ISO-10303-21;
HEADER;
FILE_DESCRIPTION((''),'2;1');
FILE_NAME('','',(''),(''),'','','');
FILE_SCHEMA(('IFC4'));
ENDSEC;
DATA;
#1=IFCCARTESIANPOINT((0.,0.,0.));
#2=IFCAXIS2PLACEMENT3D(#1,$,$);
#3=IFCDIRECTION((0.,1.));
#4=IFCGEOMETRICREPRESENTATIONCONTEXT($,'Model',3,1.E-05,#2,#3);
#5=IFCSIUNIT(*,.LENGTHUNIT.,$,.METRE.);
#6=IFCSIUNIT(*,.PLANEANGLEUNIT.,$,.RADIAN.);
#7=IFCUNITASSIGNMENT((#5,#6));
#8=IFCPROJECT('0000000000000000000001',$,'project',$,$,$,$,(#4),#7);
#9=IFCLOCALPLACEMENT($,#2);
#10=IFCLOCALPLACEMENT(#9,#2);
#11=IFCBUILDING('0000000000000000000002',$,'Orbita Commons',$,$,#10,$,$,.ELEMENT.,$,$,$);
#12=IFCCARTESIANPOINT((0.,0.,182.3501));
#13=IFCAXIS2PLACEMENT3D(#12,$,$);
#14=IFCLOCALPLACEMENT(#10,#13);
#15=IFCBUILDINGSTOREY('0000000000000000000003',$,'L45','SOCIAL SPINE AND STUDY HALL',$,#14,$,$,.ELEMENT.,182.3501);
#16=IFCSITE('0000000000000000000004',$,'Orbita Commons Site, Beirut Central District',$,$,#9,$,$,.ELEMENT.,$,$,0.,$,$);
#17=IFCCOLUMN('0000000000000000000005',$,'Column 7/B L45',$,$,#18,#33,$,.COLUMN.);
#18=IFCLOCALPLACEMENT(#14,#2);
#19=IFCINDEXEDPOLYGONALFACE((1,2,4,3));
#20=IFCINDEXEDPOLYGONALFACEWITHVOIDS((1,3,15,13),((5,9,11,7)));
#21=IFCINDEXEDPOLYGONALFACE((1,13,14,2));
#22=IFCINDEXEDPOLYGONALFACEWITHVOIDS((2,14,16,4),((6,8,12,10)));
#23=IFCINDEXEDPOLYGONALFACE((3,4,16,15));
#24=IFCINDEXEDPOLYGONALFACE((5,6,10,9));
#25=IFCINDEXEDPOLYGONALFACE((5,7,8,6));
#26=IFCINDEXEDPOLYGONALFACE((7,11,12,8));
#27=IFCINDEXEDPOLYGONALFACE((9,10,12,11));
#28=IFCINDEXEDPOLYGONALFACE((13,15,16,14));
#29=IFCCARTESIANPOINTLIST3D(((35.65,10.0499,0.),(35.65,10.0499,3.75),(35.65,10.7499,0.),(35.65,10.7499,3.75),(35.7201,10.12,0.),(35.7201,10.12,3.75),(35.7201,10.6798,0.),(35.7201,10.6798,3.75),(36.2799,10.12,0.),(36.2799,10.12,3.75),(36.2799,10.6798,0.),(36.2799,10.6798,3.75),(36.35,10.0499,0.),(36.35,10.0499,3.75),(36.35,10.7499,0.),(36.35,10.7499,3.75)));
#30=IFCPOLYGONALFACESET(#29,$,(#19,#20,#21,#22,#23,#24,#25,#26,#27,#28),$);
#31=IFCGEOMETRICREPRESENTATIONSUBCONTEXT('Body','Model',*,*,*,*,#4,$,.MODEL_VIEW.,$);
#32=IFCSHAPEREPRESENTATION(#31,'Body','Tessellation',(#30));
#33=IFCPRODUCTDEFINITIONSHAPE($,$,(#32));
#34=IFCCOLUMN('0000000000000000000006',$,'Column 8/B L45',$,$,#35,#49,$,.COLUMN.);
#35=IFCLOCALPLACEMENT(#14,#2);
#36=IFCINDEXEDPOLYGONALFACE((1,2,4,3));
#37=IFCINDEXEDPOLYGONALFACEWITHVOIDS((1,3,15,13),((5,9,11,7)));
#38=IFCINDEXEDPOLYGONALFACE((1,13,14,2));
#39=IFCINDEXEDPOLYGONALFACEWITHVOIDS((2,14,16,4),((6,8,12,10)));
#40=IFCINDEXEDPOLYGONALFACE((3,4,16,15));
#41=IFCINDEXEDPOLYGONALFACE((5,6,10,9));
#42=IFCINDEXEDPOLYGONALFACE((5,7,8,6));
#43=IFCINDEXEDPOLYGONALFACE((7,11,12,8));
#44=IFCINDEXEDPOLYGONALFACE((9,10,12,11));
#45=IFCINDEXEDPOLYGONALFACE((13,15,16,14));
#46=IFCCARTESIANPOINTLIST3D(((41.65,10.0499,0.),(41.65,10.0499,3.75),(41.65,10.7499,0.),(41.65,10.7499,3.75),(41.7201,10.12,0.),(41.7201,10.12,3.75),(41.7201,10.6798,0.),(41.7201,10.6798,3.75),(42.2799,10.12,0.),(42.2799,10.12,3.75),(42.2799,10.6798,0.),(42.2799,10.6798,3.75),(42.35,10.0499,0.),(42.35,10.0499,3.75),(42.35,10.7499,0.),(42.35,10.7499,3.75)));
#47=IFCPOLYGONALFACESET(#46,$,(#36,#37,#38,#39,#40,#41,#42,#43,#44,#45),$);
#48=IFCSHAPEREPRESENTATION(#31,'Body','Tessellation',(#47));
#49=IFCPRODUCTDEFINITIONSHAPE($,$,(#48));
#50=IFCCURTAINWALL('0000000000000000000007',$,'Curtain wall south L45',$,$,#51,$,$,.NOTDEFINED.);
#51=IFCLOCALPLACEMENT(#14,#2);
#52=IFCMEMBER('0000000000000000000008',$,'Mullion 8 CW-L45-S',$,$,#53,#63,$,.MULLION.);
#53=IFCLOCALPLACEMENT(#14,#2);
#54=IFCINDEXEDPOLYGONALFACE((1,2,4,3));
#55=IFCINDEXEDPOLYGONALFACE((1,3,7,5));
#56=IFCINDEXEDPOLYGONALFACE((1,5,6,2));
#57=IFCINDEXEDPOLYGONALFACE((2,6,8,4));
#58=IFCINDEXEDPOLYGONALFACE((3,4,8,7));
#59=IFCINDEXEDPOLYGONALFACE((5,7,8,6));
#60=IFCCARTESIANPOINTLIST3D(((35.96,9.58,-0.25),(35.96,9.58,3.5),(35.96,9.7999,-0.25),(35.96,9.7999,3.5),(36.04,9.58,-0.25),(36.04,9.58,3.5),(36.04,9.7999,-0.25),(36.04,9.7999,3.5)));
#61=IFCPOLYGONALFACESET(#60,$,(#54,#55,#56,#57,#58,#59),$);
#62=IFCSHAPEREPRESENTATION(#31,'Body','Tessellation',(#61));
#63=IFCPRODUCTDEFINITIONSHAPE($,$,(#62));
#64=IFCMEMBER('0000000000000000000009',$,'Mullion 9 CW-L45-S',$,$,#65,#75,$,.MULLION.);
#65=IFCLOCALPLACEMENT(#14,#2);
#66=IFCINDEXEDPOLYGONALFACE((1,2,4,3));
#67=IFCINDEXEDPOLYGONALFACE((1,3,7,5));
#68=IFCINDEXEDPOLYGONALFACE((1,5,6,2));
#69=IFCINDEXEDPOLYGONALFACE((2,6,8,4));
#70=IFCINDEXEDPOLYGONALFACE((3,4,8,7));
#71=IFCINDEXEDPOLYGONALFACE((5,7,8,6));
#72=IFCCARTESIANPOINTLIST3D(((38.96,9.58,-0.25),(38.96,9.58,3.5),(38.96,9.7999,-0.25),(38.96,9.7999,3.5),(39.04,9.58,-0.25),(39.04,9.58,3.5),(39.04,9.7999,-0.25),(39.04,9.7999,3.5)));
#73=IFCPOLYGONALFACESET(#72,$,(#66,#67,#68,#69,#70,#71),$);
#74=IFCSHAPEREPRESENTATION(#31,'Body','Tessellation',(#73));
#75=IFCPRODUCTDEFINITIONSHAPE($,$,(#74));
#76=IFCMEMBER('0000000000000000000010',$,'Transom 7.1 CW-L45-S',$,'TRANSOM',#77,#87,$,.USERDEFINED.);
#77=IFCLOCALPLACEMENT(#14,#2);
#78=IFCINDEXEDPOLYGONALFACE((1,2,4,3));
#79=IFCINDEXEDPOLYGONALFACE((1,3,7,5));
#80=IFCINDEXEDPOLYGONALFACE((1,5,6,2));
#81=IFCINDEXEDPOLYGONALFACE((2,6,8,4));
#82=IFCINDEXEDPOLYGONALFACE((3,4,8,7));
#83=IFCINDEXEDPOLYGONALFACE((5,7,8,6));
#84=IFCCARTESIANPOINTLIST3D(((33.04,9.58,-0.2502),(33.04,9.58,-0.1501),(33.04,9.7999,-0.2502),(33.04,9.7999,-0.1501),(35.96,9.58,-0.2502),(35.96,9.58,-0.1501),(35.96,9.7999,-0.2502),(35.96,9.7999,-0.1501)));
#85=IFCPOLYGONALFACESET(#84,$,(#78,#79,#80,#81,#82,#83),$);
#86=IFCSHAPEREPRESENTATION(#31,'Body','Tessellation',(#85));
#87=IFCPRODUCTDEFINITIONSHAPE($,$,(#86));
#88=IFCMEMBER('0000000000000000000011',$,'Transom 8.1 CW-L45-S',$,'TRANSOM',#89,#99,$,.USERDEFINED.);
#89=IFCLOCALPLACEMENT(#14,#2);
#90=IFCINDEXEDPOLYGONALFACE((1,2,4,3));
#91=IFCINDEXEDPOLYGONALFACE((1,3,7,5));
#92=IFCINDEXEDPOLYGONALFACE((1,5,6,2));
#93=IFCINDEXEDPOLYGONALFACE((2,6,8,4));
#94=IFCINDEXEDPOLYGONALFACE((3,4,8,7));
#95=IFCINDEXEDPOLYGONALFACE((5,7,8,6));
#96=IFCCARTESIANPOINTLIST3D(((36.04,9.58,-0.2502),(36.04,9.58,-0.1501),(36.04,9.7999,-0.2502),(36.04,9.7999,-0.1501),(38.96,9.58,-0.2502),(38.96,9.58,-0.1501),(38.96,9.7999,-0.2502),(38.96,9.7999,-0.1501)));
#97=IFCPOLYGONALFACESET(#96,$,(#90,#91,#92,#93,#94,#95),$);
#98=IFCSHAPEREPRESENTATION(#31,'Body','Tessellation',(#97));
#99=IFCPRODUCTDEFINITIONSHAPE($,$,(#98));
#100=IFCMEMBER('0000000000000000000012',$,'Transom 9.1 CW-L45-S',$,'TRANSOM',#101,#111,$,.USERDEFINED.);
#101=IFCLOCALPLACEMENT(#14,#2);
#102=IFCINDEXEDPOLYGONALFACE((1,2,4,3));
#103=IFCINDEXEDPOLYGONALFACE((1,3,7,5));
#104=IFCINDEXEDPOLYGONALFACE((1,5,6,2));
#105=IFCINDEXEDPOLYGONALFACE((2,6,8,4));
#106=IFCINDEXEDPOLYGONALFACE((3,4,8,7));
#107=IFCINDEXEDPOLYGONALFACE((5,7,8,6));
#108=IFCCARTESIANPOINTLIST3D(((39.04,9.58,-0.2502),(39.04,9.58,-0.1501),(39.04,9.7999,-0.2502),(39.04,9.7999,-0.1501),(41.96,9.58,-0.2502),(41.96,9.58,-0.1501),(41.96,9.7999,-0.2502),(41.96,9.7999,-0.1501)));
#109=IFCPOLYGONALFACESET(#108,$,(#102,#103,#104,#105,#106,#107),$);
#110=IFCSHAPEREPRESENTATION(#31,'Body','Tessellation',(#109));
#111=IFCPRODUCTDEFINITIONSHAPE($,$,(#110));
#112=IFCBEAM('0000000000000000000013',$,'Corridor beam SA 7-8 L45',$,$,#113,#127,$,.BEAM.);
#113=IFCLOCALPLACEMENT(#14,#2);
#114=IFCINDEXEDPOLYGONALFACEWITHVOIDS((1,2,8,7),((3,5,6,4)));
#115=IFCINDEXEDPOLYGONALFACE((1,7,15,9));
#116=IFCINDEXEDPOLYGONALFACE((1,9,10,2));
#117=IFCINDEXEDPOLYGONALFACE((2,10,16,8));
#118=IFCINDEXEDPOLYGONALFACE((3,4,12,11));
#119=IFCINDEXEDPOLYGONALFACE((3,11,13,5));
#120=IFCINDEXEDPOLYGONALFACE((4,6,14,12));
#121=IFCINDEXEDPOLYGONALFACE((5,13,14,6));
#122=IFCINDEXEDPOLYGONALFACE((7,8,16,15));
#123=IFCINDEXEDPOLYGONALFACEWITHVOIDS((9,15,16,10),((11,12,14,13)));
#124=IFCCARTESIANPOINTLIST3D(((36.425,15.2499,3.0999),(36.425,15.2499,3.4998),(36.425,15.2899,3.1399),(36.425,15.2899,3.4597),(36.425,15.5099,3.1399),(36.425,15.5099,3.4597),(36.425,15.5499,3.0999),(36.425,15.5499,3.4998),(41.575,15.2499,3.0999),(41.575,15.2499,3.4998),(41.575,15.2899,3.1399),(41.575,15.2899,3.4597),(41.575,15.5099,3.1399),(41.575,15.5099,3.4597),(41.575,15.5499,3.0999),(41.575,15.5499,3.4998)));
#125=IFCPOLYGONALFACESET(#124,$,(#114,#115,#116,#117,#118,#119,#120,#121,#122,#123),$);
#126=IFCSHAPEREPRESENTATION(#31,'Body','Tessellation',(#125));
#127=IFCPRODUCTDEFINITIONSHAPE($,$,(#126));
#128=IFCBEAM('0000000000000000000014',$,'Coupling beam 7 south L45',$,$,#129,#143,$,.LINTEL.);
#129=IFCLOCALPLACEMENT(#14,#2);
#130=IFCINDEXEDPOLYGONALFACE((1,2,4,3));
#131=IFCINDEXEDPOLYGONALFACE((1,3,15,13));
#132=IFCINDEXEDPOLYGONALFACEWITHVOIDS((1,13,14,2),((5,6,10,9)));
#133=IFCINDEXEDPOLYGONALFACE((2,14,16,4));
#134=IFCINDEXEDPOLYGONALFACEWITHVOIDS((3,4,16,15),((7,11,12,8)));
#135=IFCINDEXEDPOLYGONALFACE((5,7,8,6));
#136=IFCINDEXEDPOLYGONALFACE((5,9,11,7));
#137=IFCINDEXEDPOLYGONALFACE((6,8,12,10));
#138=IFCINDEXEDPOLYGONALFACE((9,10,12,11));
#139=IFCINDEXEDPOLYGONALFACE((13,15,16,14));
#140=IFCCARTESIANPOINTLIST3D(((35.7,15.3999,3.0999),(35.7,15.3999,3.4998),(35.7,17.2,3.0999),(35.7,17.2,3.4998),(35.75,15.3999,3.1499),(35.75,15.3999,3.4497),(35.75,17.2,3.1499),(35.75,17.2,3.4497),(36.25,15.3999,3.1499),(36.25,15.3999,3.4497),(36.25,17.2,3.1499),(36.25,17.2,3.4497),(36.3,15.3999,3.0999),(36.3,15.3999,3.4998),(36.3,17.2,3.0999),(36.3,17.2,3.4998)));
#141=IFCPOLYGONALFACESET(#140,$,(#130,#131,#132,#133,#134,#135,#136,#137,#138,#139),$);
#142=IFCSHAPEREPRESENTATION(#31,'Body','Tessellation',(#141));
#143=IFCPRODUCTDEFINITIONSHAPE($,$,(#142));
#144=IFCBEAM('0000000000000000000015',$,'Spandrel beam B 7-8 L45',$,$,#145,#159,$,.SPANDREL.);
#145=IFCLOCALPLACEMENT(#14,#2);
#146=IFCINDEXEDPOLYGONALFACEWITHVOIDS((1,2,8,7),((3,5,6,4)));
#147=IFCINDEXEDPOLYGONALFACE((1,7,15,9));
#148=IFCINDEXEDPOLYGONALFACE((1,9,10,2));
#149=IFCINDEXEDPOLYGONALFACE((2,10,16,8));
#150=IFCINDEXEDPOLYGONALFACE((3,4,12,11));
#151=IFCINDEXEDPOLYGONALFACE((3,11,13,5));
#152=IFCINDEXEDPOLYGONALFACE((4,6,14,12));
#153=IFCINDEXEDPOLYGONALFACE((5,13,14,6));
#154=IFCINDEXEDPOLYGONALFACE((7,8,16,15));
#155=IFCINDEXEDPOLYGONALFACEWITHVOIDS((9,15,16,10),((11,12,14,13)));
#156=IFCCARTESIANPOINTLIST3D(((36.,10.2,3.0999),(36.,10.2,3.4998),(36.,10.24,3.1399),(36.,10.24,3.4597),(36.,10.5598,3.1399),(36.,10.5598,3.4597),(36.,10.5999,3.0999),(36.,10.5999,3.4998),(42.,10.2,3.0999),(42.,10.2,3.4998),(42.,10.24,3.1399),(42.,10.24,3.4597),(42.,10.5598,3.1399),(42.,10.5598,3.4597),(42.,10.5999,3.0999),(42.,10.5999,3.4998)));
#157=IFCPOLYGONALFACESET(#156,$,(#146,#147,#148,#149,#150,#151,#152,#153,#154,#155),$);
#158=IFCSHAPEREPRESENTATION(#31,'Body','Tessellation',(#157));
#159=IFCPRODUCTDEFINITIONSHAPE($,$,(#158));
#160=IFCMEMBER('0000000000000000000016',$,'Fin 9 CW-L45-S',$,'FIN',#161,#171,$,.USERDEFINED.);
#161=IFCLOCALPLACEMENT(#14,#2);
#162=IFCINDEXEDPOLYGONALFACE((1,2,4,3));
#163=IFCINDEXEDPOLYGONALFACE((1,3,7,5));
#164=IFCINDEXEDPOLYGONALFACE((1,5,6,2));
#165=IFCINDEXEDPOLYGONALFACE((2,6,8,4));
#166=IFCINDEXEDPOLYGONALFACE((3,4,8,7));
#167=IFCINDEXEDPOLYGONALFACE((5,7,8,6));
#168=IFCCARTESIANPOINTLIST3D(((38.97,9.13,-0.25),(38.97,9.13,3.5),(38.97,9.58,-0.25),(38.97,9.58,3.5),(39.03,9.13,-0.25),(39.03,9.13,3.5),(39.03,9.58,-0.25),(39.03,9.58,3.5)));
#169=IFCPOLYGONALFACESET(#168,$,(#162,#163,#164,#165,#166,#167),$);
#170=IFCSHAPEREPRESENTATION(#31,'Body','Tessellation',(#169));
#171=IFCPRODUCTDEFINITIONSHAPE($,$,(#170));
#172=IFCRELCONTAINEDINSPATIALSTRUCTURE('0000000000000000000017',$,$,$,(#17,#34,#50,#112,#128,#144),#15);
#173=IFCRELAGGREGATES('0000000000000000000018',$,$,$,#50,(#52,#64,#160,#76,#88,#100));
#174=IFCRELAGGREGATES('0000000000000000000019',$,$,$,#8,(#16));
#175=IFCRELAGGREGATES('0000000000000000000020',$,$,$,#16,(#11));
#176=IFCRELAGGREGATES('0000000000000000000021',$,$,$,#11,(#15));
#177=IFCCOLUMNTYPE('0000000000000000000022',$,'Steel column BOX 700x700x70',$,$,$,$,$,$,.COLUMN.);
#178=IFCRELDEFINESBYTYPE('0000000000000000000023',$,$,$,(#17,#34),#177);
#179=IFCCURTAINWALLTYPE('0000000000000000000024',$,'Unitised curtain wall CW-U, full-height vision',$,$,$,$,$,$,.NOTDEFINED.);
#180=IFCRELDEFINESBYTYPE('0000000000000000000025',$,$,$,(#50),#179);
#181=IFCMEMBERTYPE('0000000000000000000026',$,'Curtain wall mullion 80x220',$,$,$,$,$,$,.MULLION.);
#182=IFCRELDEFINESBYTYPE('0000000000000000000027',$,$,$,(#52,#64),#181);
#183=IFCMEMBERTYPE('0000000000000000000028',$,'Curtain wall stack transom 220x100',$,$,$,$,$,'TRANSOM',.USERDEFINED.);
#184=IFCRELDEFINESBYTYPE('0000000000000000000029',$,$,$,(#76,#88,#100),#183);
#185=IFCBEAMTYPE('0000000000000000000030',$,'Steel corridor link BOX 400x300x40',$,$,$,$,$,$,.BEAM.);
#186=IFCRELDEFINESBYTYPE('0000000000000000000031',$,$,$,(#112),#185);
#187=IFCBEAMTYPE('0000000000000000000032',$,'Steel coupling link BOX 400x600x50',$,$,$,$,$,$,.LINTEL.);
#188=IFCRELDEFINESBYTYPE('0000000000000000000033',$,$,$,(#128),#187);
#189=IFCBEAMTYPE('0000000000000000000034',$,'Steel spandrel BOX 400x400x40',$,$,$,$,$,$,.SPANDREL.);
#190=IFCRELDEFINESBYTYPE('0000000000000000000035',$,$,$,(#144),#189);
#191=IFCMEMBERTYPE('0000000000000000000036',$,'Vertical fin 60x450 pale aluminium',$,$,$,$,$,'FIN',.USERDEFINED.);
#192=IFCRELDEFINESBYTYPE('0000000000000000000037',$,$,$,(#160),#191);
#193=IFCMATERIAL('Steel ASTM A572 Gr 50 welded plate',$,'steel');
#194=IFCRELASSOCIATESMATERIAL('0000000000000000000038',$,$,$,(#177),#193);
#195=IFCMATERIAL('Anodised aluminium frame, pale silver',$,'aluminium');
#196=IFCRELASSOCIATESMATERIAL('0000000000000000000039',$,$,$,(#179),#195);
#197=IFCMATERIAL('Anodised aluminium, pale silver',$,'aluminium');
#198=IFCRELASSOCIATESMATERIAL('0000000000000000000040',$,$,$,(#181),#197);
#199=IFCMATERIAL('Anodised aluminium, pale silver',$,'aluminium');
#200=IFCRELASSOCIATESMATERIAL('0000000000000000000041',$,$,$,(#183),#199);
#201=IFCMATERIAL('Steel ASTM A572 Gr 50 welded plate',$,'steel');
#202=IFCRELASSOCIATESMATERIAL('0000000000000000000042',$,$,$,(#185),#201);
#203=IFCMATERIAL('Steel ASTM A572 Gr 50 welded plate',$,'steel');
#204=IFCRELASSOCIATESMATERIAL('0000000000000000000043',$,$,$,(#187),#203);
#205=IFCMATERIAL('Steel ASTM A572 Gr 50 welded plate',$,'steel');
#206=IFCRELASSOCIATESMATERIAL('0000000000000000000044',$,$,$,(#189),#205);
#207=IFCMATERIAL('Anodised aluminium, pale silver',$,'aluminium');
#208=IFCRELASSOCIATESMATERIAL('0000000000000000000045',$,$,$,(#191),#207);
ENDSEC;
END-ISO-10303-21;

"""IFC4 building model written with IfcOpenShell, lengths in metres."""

from ifc_helpers import new_model, si_unit, direction, frame, origin, origin_2d, place, context, subcontext, project, spatial, rectangle, hollow_rectangle, extrude, material, material_profile, profile_set, type_object, element, aggregate, save


model = new_model("IFC4")

# Units and contexts
model_context = context("Model", 3, precision=1e-05, world=origin(), true_north=direction((0.0, 1.0)))
body_context = subcontext(model_context, "Body", "Model", "MODEL_VIEW")
ifc_project = project(units=[si_unit("LENGTHUNIT", "METRE"), si_unit("PLANEANGLEUNIT", "RADIAN")], contexts=[model_context])

# Site, building, storey
site_placement = place(None, origin())
site = spatial("IfcSite", under=ifc_project, at=site_placement, Name="Orbita Commons Site, Beirut Central District", CompositionType="ELEMENT", RefElevation=0.0)
building_placement = place(site_placement, origin())
building = spatial("IfcBuilding", under=site, at=building_placement, Name="Orbita Commons", CompositionType="ELEMENT")
storey_placement = place(building_placement, frame((0.0, 0.0, 182.3501)))
storey = spatial("IfcBuildingStorey", under=building, at=storey_placement, Name="L45", Description="SOCIAL SPINE AND STUDY HALL", CompositionType="ELEMENT", Elevation=182.3501)

# Columns
ifc_material_1 = material(Name="Steel ASTM A572 Gr 50 welded plate", Category="steel")
ifc_material_profile_1 = material_profile(ifc_material_1, hollow_rectangle(XDim=0.7, YDim=0.7, WallThickness=0.0701, at=origin_2d()), Name="BOX 700x700x70")
ifc_profile_set_1 = profile_set([ifc_material_profile_1], Name="Steel ASTM A572 Gr 50 welded plate")
column_type = type_object("IfcColumnType", Name="Steel column BOX 700x700x70", PredefinedType="COLUMN", material=ifc_profile_set_1)
for number, where, z_axis, x_axis, name in (
    (1, (36.0, 10.3999, 0.0), (0.0, 0.0, 1.0), (1.0, 0.0, 0.0), "Column 7/B L45"),
    (2, (42.0, 10.3999, 0.0), (0.0, 0.0, 1.0), (1.0, 0.0, 0.0), "Column 8/B L45"),
):
    element("IfcColumn", number, at=place(storey_placement, frame(where, z_axis=z_axis, x_axis=x_axis)), inside=storey, type_object=column_type, Name=name, PredefinedType="COLUMN", context=body_context, shape_type="SweptSolid", body=[
        extrude(hollow_rectangle(XDim=0.7, YDim=0.7, WallThickness=0.0701, at=origin_2d()), origin(), (0.0, 0.0, 1.0), 3.75),
    ])

# Curtain wall, members
ifc_material_2 = material(Name="Anodised aluminium frame, pale silver", Category="aluminium")
curtain_wall_type = type_object("IfcCurtainWallType", Name="Unitised curtain wall CW-U, full-height vision", PredefinedType="NOTDEFINED", material=ifc_material_2)
curtain_wall_placement = place(storey_placement, origin())
curtain_wall = element("IfcCurtainWall", 3, at=curtain_wall_placement, inside=storey, type_object=curtain_wall_type, Name="Curtain wall south L45", PredefinedType="NOTDEFINED")
ifc_material_3 = material(Name="Anodised aluminium, pale silver", Category="aluminium")
ifc_material_profile_2 = material_profile(ifc_material_3, rectangle(XDim=0.0801, YDim=0.22, at=origin_2d()), Name="AL 80x220")
ifc_profile_set_2 = profile_set([ifc_material_profile_2], Name="Anodised aluminium, pale silver")
member_type_1 = type_object("IfcMemberType", Name="Curtain wall mullion 80x220", PredefinedType="MULLION", material=ifc_profile_set_2)
member_1_placement = place(storey_placement, frame((36.0, 9.6899, -0.25), z_axis=(0.0, 0.0, 1.0), x_axis=(1.0, 0.0, 0.0)))
member_1 = element("IfcMember", 4, at=member_1_placement, type_object=member_type_1, Name="Mullion 8 CW-L45-S", PredefinedType="MULLION", context=body_context, shape_type="SweptSolid", body=[
    extrude(rectangle(XDim=0.0801, YDim=0.22, at=origin_2d()), origin(), (0.0, 0.0, 1.0), 3.75),
])
member_2_placement = place(storey_placement, frame((39.0, 9.6899, -0.25), z_axis=(0.0, 0.0, 1.0), x_axis=(1.0, 0.0, 0.0)))
member_2 = element("IfcMember", 5, at=member_2_placement, type_object=member_type_1, Name="Mullion 9 CW-L45-S", PredefinedType="MULLION", context=body_context, shape_type="SweptSolid", body=[
    extrude(rectangle(XDim=0.0801, YDim=0.22, at=origin_2d()), origin(), (0.0, 0.0, 1.0), 3.75),
])
ifc_material_4 = material(Name="Anodised aluminium, pale silver", Category="aluminium")
ifc_material_profile_3 = material_profile(ifc_material_4, rectangle(XDim=0.22, YDim=0.1001, at=origin_2d()), Name="AL 220x100")
ifc_profile_set_3 = profile_set([ifc_material_profile_3], Name="Anodised aluminium, pale silver")
member_type_2 = type_object("IfcMemberType", Name="Curtain wall stack transom 220x100", ElementType="TRANSOM", PredefinedType="USERDEFINED", material=ifc_profile_set_3)
member_3_placement = place(storey_placement, frame((33.04, 9.6899, -0.2002), z_axis=(1.0, 0.0, 0.0), x_axis=(0.0, 1.0, 0.0)))
member_3 = element("IfcMember", 6, at=member_3_placement, type_object=member_type_2, Name="Transom 7.1 CW-L45-S", ObjectType="TRANSOM", PredefinedType="USERDEFINED", context=body_context, shape_type="SweptSolid", body=[
    extrude(rectangle(XDim=0.22, YDim=0.1001, at=origin_2d()), origin(), (0.0, 0.0, 1.0), 2.9199),
])
member_4_placement = place(storey_placement, frame((36.04, 9.6899, -0.2002), z_axis=(1.0, 0.0, 0.0), x_axis=(0.0, 1.0, 0.0)))
member_4 = element("IfcMember", 7, at=member_4_placement, type_object=member_type_2, Name="Transom 8.1 CW-L45-S", ObjectType="TRANSOM", PredefinedType="USERDEFINED", context=body_context, shape_type="SweptSolid", body=[
    extrude(rectangle(XDim=0.22, YDim=0.1001, at=origin_2d()), origin(), (0.0, 0.0, 1.0), 2.9199),
])
member_5_placement = place(storey_placement, frame((39.04, 9.6899, -0.2002), z_axis=(1.0, 0.0, 0.0), x_axis=(0.0, 1.0, 0.0)))
member_5 = element("IfcMember", 8, at=member_5_placement, type_object=member_type_2, Name="Transom 9.1 CW-L45-S", ObjectType="TRANSOM", PredefinedType="USERDEFINED", context=body_context, shape_type="SweptSolid", body=[
    extrude(rectangle(XDim=0.22, YDim=0.1001, at=origin_2d()), origin(), (0.0, 0.0, 1.0), 2.9199),
])

# Beams
ifc_material_5 = material(Name="Steel ASTM A572 Gr 50 welded plate", Category="steel")
ifc_material_profile_4 = material_profile(ifc_material_5, hollow_rectangle(XDim=0.3, YDim=0.3999, WallThickness=0.04, at=origin_2d()), Name="BOX 400x300x40")
ifc_profile_set_4 = profile_set([ifc_material_profile_4], Name="Steel ASTM A572 Gr 50 welded plate")
beam_type_1 = type_object("IfcBeamType", Name="Steel corridor link BOX 400x300x40", PredefinedType="BEAM", material=ifc_profile_set_4)
beam_1_placement = place(storey_placement, frame((36.425, 15.3999, 3.2998), z_axis=(1.0, 0.0, 0.0), x_axis=(0.0, 1.0, 0.0)))
element("IfcBeam", 9, at=beam_1_placement, inside=storey, type_object=beam_type_1, Name="Corridor beam SA 7-8 L45", PredefinedType="BEAM", context=body_context, shape_type="SweptSolid", body=[
    extrude(hollow_rectangle(XDim=0.3, YDim=0.3999, WallThickness=0.04, at=origin_2d()), origin(), (0.0, 0.0, 1.0), 5.1499),
])
ifc_material_6 = material(Name="Steel ASTM A572 Gr 50 welded plate", Category="steel")
ifc_material_profile_5 = material_profile(ifc_material_6, hollow_rectangle(XDim=0.6001, YDim=0.3999, WallThickness=0.05, at=origin_2d()), Name="BOX 400x600x50")
ifc_profile_set_5 = profile_set([ifc_material_profile_5], Name="Steel ASTM A572 Gr 50 welded plate")
beam_type_2 = type_object("IfcBeamType", Name="Steel coupling link BOX 400x600x50", PredefinedType="LINTEL", material=ifc_profile_set_5)
beam_2_placement = place(storey_placement, frame((36.0, 15.3999, 3.2998), z_axis=(0.0, 1.0, 0.0), x_axis=(-1.0, 0.0, 0.0)))
element("IfcBeam", 10, at=beam_2_placement, inside=storey, type_object=beam_type_2, Name="Coupling beam 7 south L45", PredefinedType="LINTEL", context=body_context, shape_type="SweptSolid", body=[
    extrude(hollow_rectangle(XDim=0.6001, YDim=0.3999, WallThickness=0.05, at=origin_2d()), origin(), (0.0, 0.0, 1.0), 1.8),
])
ifc_material_7 = material(Name="Steel ASTM A572 Gr 50 welded plate", Category="steel")
ifc_material_profile_6 = material_profile(ifc_material_7, hollow_rectangle(XDim=0.3999, YDim=0.3999, WallThickness=0.04, at=origin_2d()), Name="BOX 400x400x40")
ifc_profile_set_6 = profile_set([ifc_material_profile_6], Name="Steel ASTM A572 Gr 50 welded plate")
beam_type_3 = type_object("IfcBeamType", Name="Steel spandrel BOX 400x400x40", PredefinedType="SPANDREL", material=ifc_profile_set_6)
beam_3_placement = place(storey_placement, frame((36.0, 10.3999, 3.2998), z_axis=(1.0, 0.0, 0.0), x_axis=(0.0, 1.0, 0.0)))
element("IfcBeam", 11, at=beam_3_placement, inside=storey, type_object=beam_type_3, Name="Spandrel beam B 7-8 L45", PredefinedType="SPANDREL", context=body_context, shape_type="SweptSolid", body=[
    extrude(hollow_rectangle(XDim=0.3999, YDim=0.3999, WallThickness=0.04, at=origin_2d()), origin(), (0.0, 0.0, 1.0), 6.0),
])

# Member
ifc_material_8 = material(Name="Anodised aluminium, pale silver", Category="aluminium")
ifc_material_profile_7 = material_profile(ifc_material_8, rectangle(XDim=0.0601, YDim=0.45, at=origin_2d()), Name="FIN 60x450")
ifc_profile_set_7 = profile_set([ifc_material_profile_7], Name="Anodised aluminium, pale silver")
member_type_3 = type_object("IfcMemberType", Name="Vertical fin 60x450 pale aluminium", ElementType="FIN", PredefinedType="USERDEFINED", material=ifc_profile_set_7)
member_6_placement = place(storey_placement, frame((39.0, 9.355, -0.25), z_axis=(0.0, 0.0, 1.0), x_axis=(1.0, 0.0, 0.0)))
member_6 = element("IfcMember", 12, at=member_6_placement, type_object=member_type_3, Name="Fin 9 CW-L45-S", ObjectType="FIN", PredefinedType="USERDEFINED", context=body_context, shape_type="SweptSolid", body=[
    extrude(rectangle(XDim=0.0601, YDim=0.45, at=origin_2d()), origin(), (0.0, 0.0, 1.0), 3.75),
])

aggregate(curtain_wall, [member_1, member_2, member_6, member_3, member_4, member_5])

save(model, "model.ifc")
